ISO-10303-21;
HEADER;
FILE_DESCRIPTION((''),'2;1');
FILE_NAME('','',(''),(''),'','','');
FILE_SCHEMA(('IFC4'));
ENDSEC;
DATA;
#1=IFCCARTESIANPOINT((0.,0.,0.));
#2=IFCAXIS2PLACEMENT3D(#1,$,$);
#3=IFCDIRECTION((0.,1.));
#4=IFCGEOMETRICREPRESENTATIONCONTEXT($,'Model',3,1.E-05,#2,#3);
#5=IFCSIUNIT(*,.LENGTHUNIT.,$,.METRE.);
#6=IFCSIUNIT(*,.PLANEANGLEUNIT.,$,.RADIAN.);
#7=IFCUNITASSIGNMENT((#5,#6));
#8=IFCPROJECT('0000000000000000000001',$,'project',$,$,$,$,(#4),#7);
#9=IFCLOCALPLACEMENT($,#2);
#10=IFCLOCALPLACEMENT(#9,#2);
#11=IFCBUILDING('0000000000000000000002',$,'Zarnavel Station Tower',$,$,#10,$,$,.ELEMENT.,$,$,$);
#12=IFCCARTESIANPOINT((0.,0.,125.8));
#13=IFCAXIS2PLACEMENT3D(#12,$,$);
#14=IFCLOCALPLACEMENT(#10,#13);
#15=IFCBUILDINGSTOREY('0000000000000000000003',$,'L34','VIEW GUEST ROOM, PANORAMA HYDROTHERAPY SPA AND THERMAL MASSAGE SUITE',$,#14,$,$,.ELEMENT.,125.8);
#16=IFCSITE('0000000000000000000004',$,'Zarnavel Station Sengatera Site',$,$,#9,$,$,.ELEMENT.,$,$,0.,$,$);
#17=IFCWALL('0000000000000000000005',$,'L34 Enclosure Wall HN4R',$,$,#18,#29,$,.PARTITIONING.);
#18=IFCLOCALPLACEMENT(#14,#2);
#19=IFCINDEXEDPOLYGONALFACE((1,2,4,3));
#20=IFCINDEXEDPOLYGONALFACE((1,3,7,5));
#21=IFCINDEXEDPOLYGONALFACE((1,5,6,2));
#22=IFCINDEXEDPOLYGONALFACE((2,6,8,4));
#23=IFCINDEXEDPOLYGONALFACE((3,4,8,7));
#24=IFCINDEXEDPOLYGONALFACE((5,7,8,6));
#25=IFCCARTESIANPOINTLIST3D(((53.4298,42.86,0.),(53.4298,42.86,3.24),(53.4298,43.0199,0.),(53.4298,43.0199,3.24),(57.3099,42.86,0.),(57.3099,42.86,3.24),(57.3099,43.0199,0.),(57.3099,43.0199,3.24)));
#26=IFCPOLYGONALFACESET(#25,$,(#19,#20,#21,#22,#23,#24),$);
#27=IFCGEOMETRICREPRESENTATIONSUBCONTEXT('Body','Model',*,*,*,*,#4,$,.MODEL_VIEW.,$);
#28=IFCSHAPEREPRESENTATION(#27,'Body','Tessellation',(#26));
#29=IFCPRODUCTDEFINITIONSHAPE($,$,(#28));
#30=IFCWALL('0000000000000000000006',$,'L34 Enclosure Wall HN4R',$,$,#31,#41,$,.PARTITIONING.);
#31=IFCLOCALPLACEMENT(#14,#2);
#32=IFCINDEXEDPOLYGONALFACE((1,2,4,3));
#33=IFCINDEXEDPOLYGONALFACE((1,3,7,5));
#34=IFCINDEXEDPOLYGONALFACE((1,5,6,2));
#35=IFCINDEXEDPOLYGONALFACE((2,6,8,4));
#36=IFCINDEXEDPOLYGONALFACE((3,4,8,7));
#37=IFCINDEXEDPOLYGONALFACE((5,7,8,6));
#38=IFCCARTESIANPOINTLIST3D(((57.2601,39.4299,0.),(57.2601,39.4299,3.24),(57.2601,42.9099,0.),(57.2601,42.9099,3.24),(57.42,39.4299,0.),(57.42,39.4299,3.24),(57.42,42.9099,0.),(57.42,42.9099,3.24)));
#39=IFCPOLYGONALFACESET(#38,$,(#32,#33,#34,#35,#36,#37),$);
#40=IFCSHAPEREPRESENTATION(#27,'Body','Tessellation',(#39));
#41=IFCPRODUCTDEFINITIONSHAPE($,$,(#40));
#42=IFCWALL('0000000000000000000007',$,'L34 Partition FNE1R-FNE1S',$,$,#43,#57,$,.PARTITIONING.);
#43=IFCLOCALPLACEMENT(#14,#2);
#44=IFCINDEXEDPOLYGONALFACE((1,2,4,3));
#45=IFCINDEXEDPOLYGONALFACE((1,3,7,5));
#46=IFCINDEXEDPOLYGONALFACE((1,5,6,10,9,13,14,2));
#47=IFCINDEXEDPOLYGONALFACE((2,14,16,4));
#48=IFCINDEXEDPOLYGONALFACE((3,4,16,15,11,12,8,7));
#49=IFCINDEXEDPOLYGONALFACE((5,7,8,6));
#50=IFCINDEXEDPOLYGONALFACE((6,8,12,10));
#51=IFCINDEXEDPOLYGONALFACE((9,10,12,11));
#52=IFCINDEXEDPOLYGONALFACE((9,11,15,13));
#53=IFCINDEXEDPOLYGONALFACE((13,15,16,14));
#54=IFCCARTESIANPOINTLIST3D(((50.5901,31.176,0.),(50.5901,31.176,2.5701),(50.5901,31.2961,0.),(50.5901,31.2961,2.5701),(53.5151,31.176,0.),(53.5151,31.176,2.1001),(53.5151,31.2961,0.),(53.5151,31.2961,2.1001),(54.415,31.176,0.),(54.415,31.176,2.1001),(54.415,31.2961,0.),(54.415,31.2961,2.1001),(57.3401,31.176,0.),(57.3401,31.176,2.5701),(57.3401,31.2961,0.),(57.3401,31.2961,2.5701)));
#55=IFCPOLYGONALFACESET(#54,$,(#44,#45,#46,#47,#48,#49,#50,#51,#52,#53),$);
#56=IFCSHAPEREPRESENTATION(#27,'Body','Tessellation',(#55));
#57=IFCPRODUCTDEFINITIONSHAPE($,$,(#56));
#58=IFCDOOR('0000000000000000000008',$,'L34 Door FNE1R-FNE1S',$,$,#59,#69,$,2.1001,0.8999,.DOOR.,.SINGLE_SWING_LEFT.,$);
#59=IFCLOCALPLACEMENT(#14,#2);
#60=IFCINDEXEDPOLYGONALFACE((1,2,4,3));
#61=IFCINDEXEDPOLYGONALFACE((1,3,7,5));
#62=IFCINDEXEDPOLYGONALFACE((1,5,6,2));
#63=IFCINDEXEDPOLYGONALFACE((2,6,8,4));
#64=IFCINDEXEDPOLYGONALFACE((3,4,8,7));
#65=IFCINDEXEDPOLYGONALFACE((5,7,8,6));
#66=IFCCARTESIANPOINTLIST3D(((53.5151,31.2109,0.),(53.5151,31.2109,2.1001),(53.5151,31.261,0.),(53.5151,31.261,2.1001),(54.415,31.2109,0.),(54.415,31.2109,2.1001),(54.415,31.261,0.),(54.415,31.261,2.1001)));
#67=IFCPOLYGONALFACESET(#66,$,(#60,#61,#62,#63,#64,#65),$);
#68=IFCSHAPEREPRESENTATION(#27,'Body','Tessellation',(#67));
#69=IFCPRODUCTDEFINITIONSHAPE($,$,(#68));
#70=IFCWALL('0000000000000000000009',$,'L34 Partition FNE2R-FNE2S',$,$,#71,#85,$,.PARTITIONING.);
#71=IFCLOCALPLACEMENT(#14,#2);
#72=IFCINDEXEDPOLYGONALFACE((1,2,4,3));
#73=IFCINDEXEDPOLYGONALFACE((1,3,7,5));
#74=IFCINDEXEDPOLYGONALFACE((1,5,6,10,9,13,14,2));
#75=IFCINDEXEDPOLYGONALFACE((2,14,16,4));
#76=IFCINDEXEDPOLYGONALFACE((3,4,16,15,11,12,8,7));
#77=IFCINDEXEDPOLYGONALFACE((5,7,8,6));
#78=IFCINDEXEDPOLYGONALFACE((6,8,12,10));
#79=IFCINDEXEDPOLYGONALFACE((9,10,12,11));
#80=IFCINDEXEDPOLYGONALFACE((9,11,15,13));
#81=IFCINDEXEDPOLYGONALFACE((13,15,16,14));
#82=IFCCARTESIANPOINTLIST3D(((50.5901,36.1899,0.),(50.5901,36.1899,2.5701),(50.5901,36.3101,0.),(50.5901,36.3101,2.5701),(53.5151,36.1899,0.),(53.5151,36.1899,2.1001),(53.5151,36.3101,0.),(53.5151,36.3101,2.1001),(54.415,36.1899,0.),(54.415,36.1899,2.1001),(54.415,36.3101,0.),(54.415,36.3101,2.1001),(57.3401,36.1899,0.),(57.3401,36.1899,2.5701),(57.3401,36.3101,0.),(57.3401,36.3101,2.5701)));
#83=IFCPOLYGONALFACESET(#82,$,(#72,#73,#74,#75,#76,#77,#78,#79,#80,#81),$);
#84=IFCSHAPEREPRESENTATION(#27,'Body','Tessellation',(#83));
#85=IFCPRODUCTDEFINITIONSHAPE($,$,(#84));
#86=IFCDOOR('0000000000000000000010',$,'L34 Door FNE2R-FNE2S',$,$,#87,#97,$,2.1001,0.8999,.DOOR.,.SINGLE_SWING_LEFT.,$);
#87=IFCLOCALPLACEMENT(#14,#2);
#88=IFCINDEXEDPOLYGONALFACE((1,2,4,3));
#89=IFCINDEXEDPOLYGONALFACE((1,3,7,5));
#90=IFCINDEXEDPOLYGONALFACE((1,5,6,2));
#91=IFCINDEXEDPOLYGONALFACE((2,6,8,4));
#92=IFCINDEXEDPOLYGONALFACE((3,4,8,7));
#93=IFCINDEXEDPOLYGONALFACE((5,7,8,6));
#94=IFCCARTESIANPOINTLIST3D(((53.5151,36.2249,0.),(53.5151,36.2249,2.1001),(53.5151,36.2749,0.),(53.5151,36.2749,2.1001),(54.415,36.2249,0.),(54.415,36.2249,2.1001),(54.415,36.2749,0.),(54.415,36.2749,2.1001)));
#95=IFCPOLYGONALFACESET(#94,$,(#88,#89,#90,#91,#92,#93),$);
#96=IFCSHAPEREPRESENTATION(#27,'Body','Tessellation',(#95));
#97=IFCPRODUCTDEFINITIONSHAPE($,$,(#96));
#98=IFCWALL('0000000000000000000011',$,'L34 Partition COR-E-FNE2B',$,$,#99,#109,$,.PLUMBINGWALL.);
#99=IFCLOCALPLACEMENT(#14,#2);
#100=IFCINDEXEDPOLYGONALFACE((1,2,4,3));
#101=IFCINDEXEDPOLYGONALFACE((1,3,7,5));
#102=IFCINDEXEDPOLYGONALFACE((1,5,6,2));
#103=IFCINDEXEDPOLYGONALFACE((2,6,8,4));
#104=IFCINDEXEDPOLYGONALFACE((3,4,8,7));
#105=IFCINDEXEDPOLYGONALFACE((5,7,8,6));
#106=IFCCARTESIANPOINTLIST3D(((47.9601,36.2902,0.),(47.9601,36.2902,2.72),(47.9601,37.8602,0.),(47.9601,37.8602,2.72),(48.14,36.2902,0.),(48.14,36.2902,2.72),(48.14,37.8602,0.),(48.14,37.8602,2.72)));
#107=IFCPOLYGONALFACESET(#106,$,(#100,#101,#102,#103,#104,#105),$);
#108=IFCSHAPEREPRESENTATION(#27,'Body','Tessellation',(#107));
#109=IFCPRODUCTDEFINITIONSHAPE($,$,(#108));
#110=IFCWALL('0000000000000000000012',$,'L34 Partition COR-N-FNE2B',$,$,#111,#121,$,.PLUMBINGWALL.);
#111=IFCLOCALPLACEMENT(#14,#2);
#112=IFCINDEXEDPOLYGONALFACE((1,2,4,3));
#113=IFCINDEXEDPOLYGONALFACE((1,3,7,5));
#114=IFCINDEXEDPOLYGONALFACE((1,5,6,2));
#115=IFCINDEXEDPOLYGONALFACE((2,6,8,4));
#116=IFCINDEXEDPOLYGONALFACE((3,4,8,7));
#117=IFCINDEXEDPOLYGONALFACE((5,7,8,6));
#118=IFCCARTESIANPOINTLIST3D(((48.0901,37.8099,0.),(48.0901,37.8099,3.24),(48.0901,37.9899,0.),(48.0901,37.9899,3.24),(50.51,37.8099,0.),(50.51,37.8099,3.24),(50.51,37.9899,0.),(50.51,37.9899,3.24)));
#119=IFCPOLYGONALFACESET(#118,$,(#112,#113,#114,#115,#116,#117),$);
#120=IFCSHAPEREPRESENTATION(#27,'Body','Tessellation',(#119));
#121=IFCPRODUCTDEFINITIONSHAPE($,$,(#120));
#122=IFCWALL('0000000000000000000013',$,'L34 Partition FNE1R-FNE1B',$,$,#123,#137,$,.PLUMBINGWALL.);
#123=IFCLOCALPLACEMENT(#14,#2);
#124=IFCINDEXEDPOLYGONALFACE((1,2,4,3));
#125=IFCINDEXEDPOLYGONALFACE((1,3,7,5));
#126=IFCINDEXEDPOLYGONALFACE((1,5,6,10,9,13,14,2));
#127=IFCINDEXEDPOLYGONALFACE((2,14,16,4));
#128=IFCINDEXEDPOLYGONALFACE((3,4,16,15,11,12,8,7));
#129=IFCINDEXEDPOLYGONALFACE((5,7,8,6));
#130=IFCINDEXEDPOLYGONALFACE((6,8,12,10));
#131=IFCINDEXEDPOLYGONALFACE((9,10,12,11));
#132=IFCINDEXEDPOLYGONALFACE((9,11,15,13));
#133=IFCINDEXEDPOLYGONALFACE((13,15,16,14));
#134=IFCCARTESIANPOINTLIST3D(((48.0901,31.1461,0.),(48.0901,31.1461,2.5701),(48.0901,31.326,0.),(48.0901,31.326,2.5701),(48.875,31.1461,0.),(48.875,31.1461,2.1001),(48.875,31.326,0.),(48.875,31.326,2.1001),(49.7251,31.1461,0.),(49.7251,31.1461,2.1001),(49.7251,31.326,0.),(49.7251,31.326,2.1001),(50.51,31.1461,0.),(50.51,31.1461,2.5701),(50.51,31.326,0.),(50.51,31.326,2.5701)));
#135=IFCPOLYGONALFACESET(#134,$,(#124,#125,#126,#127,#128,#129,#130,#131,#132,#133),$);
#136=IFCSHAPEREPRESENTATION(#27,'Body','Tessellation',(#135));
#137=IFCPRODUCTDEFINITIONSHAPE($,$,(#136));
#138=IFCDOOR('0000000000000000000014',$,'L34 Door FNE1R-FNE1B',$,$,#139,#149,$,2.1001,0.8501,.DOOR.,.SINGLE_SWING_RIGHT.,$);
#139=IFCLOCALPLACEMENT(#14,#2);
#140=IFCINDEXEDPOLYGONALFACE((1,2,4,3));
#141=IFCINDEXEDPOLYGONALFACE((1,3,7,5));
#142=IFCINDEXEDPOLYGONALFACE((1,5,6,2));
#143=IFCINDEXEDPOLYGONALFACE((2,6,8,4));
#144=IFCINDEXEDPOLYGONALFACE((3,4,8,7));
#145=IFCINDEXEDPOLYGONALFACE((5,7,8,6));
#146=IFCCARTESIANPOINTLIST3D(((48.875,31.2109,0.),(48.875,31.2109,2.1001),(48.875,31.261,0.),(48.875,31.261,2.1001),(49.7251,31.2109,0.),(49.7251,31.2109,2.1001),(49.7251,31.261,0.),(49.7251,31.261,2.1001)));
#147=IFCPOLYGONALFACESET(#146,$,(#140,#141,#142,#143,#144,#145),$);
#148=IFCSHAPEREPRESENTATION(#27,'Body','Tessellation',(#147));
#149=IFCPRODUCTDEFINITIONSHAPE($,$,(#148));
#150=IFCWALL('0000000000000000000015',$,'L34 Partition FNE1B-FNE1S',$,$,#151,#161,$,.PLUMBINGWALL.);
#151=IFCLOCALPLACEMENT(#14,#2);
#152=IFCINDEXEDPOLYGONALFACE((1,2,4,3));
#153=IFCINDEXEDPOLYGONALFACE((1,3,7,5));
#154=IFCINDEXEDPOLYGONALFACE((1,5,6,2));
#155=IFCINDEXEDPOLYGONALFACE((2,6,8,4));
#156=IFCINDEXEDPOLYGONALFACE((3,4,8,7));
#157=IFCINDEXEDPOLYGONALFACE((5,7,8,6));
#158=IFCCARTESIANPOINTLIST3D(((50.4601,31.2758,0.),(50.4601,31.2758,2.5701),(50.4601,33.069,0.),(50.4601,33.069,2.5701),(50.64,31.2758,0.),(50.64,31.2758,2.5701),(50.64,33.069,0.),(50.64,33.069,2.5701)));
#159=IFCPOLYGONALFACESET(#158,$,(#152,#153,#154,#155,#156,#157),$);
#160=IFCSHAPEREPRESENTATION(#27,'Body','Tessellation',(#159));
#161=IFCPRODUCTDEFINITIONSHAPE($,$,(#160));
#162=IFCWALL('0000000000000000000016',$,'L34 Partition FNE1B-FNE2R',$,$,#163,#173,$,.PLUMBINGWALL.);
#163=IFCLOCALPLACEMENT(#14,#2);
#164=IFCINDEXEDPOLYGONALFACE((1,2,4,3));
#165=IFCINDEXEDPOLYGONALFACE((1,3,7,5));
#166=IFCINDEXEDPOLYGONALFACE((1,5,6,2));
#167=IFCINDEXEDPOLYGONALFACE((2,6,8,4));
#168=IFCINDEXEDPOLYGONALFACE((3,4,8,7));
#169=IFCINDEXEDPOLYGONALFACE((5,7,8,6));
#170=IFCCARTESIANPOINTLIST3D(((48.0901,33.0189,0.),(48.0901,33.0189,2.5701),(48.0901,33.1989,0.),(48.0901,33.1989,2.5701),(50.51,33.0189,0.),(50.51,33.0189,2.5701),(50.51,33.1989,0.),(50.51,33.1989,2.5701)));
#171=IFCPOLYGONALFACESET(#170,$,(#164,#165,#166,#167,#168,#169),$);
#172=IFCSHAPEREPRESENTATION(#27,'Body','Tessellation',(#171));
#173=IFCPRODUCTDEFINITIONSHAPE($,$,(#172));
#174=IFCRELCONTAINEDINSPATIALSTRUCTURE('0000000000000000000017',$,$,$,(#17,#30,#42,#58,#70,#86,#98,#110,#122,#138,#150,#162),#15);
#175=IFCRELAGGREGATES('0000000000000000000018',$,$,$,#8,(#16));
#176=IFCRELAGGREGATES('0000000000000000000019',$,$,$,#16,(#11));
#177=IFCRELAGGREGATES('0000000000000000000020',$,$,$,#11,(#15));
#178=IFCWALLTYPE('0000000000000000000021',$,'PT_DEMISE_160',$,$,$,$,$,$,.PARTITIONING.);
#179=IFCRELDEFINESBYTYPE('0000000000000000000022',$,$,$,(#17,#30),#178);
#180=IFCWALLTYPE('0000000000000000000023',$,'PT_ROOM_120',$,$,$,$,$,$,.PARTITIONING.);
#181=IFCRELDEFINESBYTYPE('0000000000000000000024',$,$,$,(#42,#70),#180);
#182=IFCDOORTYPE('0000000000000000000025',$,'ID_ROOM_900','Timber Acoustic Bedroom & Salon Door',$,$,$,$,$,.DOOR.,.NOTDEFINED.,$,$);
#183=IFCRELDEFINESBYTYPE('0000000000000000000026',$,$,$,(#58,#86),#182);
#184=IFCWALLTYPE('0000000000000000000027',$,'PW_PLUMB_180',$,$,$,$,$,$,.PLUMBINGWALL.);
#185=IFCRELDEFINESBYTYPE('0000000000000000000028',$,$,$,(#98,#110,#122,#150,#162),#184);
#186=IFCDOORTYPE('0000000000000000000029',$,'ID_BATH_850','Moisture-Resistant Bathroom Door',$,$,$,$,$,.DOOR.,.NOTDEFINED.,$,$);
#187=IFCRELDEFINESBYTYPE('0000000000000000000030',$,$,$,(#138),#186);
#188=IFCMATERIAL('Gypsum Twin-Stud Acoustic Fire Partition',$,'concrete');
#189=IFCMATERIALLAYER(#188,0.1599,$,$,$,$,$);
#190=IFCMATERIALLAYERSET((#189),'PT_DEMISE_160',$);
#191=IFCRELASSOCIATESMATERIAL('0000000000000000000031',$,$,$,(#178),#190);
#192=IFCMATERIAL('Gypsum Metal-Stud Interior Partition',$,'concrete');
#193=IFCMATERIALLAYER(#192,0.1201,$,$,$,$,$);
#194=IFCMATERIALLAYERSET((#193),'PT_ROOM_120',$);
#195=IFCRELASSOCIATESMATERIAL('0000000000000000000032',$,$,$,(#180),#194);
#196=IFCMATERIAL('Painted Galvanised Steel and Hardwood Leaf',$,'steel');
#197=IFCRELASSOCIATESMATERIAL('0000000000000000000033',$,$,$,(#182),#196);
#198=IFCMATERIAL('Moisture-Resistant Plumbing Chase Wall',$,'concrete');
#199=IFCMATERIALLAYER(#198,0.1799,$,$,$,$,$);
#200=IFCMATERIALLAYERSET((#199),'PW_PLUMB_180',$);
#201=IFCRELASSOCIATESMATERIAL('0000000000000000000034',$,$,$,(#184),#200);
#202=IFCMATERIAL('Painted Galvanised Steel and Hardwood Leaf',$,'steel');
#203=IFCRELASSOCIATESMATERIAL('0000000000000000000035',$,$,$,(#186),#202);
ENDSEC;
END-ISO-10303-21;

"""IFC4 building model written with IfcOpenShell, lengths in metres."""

from ifc_helpers import new_model, si_unit, direction, frame, frame_2d, origin, place, context, subcontext, project, spatial, rectangle, extrude, material, layer, layer_set, type_object, element, fill, save


model = new_model("IFC4")

# Units and contexts
model_context = context("Model", 3, precision=1e-05, world=origin(), true_north=direction((0.0, 1.0)))
body_context = subcontext(model_context, "Body", "Model", "MODEL_VIEW")
ifc_project = project(units=[si_unit("LENGTHUNIT", "METRE"), si_unit("PLANEANGLEUNIT", "RADIAN")], contexts=[model_context])

# Site, building, storey
site_placement = place(None, origin())
site = spatial("IfcSite", under=ifc_project, at=site_placement, Name="Zarnavel Station Sengatera Site", CompositionType="ELEMENT", RefElevation=0.0)
building_placement = place(site_placement, origin())
building = spatial("IfcBuilding", under=site, at=building_placement, Name="Zarnavel Station Tower", CompositionType="ELEMENT")
storey_placement = place(building_placement, frame((0.0, 0.0, 125.8)))
storey = spatial("IfcBuildingStorey", under=building, at=storey_placement, Name="L34", Description="VIEW GUEST ROOM, PANORAMA HYDROTHERAPY SPA AND THERMAL MASSAGE SUITE", CompositionType="ELEMENT", Elevation=125.8)

# Walls
ifc_material_1 = material(Name="Gypsum Twin-Stud Acoustic Fire Partition", Category="concrete")
ifc_layer_1 = layer(ifc_material_1, 0.1599)
ifc_layer_set_1 = layer_set([ifc_layer_1], Name="PT_DEMISE_160")
wall_type_1 = type_object("IfcWallType", Name="PT_DEMISE_160", PredefinedType="PARTITIONING", material=ifc_layer_set_1)
wall_1_placement = place(storey_placement, frame((53.4299, 42.9399, 0.0), z_axis=(0.0, 0.0, 1.0), x_axis=(1.0, 0.0, 0.0)))
element("IfcWall", 1, at=wall_1_placement, inside=storey, type_object=wall_type_1, Name="L34 Enclosure Wall HN4R", PredefinedType="PARTITIONING", context=body_context, shape_type="SweptSolid", body=[
    extrude(rectangle(XDim=3.8801, YDim=0.1599, at=frame_2d((1.9399, 0.0))), origin(), (0.0, 0.0, 1.0), 3.24),
])
wall_2_placement = place(storey_placement, frame((57.3401, 39.4299, 0.0), z_axis=(0.0, 0.0, 1.0), x_axis=(0.0, 1.0, 0.0)))
element("IfcWall", 2, at=wall_2_placement, inside=storey, type_object=wall_type_1, Name="L34 Enclosure Wall HN4R", PredefinedType="PARTITIONING", context=body_context, shape_type="SweptSolid", body=[
    extrude(rectangle(XDim=3.48, YDim=0.1599, at=frame_2d((1.74, 0.0))), origin(), (0.0, 0.0, 1.0), 3.24),
])

# Walls, openings, doors
ifc_material_2 = material(Name="Gypsum Metal-Stud Interior Partition", Category="concrete")
ifc_layer_2 = layer(ifc_material_2, 0.1201)
ifc_layer_set_2 = layer_set([ifc_layer_2], Name="PT_ROOM_120")
wall_type_2 = type_object("IfcWallType", Name="PT_ROOM_120", PredefinedType="PARTITIONING", material=ifc_layer_set_2)
wall_3_placement = place(storey_placement, frame((50.5901, 31.2361, 0.0), z_axis=(0.0, 0.0, 1.0), x_axis=(1.0, 0.0, 0.0)))
wall_3 = element("IfcWall", 3, at=wall_3_placement, inside=storey, type_object=wall_type_2, Name="L34 Partition FNE1R-FNE1S", PredefinedType="PARTITIONING", context=body_context, shape_type="SweptSolid", body=[
    extrude(rectangle(XDim=6.75, YDim=0.1201, at=frame_2d((3.375, 0.0))), origin(), (0.0, 0.0, 1.0), 2.5701),
])
opening_1_placement = place(wall_3_placement, frame((2.925, 0.0, 0.0)))
opening_1 = element("IfcOpeningElement", 4, at=opening_1_placement, cuts=wall_3, PredefinedType="OPENING", context=body_context, shape_type="SweptSolid", body=[
    extrude(rectangle(XDim=0.8999, YDim=2.1001, at=frame_2d((0.45, 1.05))), frame((0.0, 0.0701, 0.0), z_axis=(0.0, -1.0, 0.0), x_axis=(1.0, 0.0, 0.0)), (0.0, 0.0, 1.0), 0.1401),
])
ifc_material_3 = material(Name="Painted Galvanised Steel and Hardwood Leaf", Category="steel")
door_type_1 = type_object("IfcDoorType", Name="ID_ROOM_900", Description="Timber Acoustic Bedroom & Salon Door", OperationType="NOTDEFINED", PredefinedType="DOOR", material=ifc_material_3)
door_1_placement = place(opening_1_placement, origin())
door_1 = element("IfcDoor", 5, at=door_1_placement, inside=storey, type_object=door_type_1, Name="L34 Door FNE1R-FNE1S", OperationType="SINGLE_SWING_LEFT", OverallHeight=2.1001, OverallWidth=0.8999, PredefinedType="DOOR", context=body_context, shape_type="SweptSolid", body=[
    extrude(rectangle(XDim=0.8999, YDim=2.1001, at=frame_2d((0.45, 1.05))), frame((0.0, 0.0249, 0.0), z_axis=(0.0, -1.0, 0.0), x_axis=(1.0, 0.0, 0.0)), (0.0, 0.0, 1.0), 0.05),
])
fill(opening_1, door_1)
wall_4_placement = place(storey_placement, frame((50.5901, 36.25, 0.0), z_axis=(0.0, 0.0, 1.0), x_axis=(1.0, 0.0, 0.0)))
wall_4 = element("IfcWall", 6, at=wall_4_placement, inside=storey, type_object=wall_type_2, Name="L34 Partition FNE2R-FNE2S", PredefinedType="PARTITIONING", context=body_context, shape_type="SweptSolid", body=[
    extrude(rectangle(XDim=6.75, YDim=0.1201, at=frame_2d((3.375, 0.0))), origin(), (0.0, 0.0, 1.0), 2.5701),
])
opening_2_placement = place(wall_4_placement, frame((2.925, 0.0, 0.0)))
opening_2 = element("IfcOpeningElement", 7, at=opening_2_placement, cuts=wall_4, PredefinedType="OPENING", context=body_context, shape_type="SweptSolid", body=[
    extrude(rectangle(XDim=0.8999, YDim=2.1001, at=frame_2d((0.45, 1.05))), frame((0.0, 0.0701, 0.0), z_axis=(0.0, -1.0, 0.0), x_axis=(1.0, 0.0, 0.0)), (0.0, 0.0, 1.0), 0.1401),
])
door_2_placement = place(opening_2_placement, origin())
door_2 = element("IfcDoor", 8, at=door_2_placement, inside=storey, type_object=door_type_1, Name="L34 Door FNE2R-FNE2S", OperationType="SINGLE_SWING_LEFT", OverallHeight=2.1001, OverallWidth=0.8999, PredefinedType="DOOR", context=body_context, shape_type="SweptSolid", body=[
    extrude(rectangle(XDim=0.8999, YDim=2.1001, at=frame_2d((0.45, 1.05))), frame((0.0, 0.0249, 0.0), z_axis=(0.0, -1.0, 0.0), x_axis=(1.0, 0.0, 0.0)), (0.0, 0.0, 1.0), 0.05),
])
fill(opening_2, door_2)

# Walls
ifc_material_4 = material(Name="Moisture-Resistant Plumbing Chase Wall", Category="concrete")
ifc_layer_3 = layer(ifc_material_4, 0.1799)
ifc_layer_set_3 = layer_set([ifc_layer_3], Name="PW_PLUMB_180")
wall_type_3 = type_object("IfcWallType", Name="PW_PLUMB_180", PredefinedType="PLUMBINGWALL", material=ifc_layer_set_3)
wall_5_placement = place(storey_placement, frame((48.05, 36.29, 0.0), z_axis=(0.0, 0.0, 1.0), x_axis=(0.0, 1.0, 0.0)))
element("IfcWall", 9, at=wall_5_placement, inside=storey, type_object=wall_type_3, Name="L34 Partition COR-E-FNE2B", PredefinedType="PLUMBINGWALL", context=body_context, shape_type="SweptSolid", body=[
    extrude(rectangle(XDim=1.5701, YDim=0.1799, at=frame_2d((0.7852, 0.0))), origin(), (0.0, 0.0, 1.0), 2.72),
])
wall_6_placement = place(storey_placement, frame((48.0901, 37.8999, 0.0), z_axis=(0.0, 0.0, 1.0), x_axis=(1.0, 0.0, 0.0)))
element("IfcWall", 10, at=wall_6_placement, inside=storey, type_object=wall_type_3, Name="L34 Partition COR-N-FNE2B", PredefinedType="PLUMBINGWALL", context=body_context, shape_type="SweptSolid", body=[
    extrude(rectangle(XDim=2.4199, YDim=0.1799, at=frame_2d((1.21, 0.0))), origin(), (0.0, 0.0, 1.0), 3.24),
])

# Wall, opening, door
wall_7_placement = place(storey_placement, frame((48.0901, 31.2361, 0.0), z_axis=(0.0, 0.0, 1.0), x_axis=(1.0, 0.0, 0.0)))
wall_7 = element("IfcWall", 11, at=wall_7_placement, inside=storey, type_object=wall_type_3, Name="L34 Partition FNE1R-FNE1B", PredefinedType="PLUMBINGWALL", context=body_context, shape_type="SweptSolid", body=[
    extrude(rectangle(XDim=2.4199, YDim=0.1799, at=frame_2d((1.21, 0.0))), origin(), (0.0, 0.0, 1.0), 2.5701),
])
opening_3_placement = place(wall_7_placement, frame((0.7849, 0.0, 0.0)))
opening_3 = element("IfcOpeningElement", 12, at=opening_3_placement, cuts=wall_7, PredefinedType="OPENING", context=body_context, shape_type="SweptSolid", body=[
    extrude(rectangle(XDim=0.8501, YDim=2.1001, at=frame_2d((0.425, 1.05))), frame((0.0, 0.0999, 0.0), z_axis=(0.0, -1.0, 0.0), x_axis=(1.0, 0.0, 0.0)), (0.0, 0.0, 1.0), 0.2),
])
ifc_material_5 = material(Name="Painted Galvanised Steel and Hardwood Leaf", Category="steel")
door_type_2 = type_object("IfcDoorType", Name="ID_BATH_850", Description="Moisture-Resistant Bathroom Door", OperationType="NOTDEFINED", PredefinedType="DOOR", material=ifc_material_5)
door_3_placement = place(opening_3_placement, origin())
door_3 = element("IfcDoor", 13, at=door_3_placement, inside=storey, type_object=door_type_2, Name="L34 Door FNE1R-FNE1B", OperationType="SINGLE_SWING_RIGHT", OverallHeight=2.1001, OverallWidth=0.8501, PredefinedType="DOOR", context=body_context, shape_type="SweptSolid", body=[
    extrude(rectangle(XDim=0.8501, YDim=2.1001, at=frame_2d((0.425, 1.05))), frame((0.0, 0.0249, 0.0), z_axis=(0.0, -1.0, 0.0), x_axis=(1.0, 0.0, 0.0)), (0.0, 0.0, 1.0), 0.05),
])
fill(opening_3, door_3)

# Walls
wall_8_placement = place(storey_placement, frame((50.55, 31.2759, 0.0), z_axis=(0.0, 0.0, 1.0), x_axis=(0.0, 1.0, 0.0)))
element("IfcWall", 14, at=wall_8_placement, inside=storey, type_object=wall_type_3, Name="L34 Partition FNE1B-FNE1S", PredefinedType="PLUMBINGWALL", context=body_context, shape_type="SweptSolid", body=[
    extrude(rectangle(XDim=1.7932, YDim=0.1799, at=frame_2d((0.8965, 0.0))), origin(), (0.0, 0.0, 1.0), 2.5701),
])
wall_9_placement = place(storey_placement, frame((48.0901, 33.1089, 0.0), z_axis=(0.0, 0.0, 1.0), x_axis=(1.0, 0.0, 0.0)))
element("IfcWall", 15, at=wall_9_placement, inside=storey, type_object=wall_type_3, Name="L34 Partition FNE1B-FNE2R", PredefinedType="PLUMBINGWALL", context=body_context, shape_type="SweptSolid", body=[
    extrude(rectangle(XDim=2.4199, YDim=0.1799, at=frame_2d((1.21, 0.0))), origin(), (0.0, 0.0, 1.0), 2.5701),
])

save(model, "model.ifc")
